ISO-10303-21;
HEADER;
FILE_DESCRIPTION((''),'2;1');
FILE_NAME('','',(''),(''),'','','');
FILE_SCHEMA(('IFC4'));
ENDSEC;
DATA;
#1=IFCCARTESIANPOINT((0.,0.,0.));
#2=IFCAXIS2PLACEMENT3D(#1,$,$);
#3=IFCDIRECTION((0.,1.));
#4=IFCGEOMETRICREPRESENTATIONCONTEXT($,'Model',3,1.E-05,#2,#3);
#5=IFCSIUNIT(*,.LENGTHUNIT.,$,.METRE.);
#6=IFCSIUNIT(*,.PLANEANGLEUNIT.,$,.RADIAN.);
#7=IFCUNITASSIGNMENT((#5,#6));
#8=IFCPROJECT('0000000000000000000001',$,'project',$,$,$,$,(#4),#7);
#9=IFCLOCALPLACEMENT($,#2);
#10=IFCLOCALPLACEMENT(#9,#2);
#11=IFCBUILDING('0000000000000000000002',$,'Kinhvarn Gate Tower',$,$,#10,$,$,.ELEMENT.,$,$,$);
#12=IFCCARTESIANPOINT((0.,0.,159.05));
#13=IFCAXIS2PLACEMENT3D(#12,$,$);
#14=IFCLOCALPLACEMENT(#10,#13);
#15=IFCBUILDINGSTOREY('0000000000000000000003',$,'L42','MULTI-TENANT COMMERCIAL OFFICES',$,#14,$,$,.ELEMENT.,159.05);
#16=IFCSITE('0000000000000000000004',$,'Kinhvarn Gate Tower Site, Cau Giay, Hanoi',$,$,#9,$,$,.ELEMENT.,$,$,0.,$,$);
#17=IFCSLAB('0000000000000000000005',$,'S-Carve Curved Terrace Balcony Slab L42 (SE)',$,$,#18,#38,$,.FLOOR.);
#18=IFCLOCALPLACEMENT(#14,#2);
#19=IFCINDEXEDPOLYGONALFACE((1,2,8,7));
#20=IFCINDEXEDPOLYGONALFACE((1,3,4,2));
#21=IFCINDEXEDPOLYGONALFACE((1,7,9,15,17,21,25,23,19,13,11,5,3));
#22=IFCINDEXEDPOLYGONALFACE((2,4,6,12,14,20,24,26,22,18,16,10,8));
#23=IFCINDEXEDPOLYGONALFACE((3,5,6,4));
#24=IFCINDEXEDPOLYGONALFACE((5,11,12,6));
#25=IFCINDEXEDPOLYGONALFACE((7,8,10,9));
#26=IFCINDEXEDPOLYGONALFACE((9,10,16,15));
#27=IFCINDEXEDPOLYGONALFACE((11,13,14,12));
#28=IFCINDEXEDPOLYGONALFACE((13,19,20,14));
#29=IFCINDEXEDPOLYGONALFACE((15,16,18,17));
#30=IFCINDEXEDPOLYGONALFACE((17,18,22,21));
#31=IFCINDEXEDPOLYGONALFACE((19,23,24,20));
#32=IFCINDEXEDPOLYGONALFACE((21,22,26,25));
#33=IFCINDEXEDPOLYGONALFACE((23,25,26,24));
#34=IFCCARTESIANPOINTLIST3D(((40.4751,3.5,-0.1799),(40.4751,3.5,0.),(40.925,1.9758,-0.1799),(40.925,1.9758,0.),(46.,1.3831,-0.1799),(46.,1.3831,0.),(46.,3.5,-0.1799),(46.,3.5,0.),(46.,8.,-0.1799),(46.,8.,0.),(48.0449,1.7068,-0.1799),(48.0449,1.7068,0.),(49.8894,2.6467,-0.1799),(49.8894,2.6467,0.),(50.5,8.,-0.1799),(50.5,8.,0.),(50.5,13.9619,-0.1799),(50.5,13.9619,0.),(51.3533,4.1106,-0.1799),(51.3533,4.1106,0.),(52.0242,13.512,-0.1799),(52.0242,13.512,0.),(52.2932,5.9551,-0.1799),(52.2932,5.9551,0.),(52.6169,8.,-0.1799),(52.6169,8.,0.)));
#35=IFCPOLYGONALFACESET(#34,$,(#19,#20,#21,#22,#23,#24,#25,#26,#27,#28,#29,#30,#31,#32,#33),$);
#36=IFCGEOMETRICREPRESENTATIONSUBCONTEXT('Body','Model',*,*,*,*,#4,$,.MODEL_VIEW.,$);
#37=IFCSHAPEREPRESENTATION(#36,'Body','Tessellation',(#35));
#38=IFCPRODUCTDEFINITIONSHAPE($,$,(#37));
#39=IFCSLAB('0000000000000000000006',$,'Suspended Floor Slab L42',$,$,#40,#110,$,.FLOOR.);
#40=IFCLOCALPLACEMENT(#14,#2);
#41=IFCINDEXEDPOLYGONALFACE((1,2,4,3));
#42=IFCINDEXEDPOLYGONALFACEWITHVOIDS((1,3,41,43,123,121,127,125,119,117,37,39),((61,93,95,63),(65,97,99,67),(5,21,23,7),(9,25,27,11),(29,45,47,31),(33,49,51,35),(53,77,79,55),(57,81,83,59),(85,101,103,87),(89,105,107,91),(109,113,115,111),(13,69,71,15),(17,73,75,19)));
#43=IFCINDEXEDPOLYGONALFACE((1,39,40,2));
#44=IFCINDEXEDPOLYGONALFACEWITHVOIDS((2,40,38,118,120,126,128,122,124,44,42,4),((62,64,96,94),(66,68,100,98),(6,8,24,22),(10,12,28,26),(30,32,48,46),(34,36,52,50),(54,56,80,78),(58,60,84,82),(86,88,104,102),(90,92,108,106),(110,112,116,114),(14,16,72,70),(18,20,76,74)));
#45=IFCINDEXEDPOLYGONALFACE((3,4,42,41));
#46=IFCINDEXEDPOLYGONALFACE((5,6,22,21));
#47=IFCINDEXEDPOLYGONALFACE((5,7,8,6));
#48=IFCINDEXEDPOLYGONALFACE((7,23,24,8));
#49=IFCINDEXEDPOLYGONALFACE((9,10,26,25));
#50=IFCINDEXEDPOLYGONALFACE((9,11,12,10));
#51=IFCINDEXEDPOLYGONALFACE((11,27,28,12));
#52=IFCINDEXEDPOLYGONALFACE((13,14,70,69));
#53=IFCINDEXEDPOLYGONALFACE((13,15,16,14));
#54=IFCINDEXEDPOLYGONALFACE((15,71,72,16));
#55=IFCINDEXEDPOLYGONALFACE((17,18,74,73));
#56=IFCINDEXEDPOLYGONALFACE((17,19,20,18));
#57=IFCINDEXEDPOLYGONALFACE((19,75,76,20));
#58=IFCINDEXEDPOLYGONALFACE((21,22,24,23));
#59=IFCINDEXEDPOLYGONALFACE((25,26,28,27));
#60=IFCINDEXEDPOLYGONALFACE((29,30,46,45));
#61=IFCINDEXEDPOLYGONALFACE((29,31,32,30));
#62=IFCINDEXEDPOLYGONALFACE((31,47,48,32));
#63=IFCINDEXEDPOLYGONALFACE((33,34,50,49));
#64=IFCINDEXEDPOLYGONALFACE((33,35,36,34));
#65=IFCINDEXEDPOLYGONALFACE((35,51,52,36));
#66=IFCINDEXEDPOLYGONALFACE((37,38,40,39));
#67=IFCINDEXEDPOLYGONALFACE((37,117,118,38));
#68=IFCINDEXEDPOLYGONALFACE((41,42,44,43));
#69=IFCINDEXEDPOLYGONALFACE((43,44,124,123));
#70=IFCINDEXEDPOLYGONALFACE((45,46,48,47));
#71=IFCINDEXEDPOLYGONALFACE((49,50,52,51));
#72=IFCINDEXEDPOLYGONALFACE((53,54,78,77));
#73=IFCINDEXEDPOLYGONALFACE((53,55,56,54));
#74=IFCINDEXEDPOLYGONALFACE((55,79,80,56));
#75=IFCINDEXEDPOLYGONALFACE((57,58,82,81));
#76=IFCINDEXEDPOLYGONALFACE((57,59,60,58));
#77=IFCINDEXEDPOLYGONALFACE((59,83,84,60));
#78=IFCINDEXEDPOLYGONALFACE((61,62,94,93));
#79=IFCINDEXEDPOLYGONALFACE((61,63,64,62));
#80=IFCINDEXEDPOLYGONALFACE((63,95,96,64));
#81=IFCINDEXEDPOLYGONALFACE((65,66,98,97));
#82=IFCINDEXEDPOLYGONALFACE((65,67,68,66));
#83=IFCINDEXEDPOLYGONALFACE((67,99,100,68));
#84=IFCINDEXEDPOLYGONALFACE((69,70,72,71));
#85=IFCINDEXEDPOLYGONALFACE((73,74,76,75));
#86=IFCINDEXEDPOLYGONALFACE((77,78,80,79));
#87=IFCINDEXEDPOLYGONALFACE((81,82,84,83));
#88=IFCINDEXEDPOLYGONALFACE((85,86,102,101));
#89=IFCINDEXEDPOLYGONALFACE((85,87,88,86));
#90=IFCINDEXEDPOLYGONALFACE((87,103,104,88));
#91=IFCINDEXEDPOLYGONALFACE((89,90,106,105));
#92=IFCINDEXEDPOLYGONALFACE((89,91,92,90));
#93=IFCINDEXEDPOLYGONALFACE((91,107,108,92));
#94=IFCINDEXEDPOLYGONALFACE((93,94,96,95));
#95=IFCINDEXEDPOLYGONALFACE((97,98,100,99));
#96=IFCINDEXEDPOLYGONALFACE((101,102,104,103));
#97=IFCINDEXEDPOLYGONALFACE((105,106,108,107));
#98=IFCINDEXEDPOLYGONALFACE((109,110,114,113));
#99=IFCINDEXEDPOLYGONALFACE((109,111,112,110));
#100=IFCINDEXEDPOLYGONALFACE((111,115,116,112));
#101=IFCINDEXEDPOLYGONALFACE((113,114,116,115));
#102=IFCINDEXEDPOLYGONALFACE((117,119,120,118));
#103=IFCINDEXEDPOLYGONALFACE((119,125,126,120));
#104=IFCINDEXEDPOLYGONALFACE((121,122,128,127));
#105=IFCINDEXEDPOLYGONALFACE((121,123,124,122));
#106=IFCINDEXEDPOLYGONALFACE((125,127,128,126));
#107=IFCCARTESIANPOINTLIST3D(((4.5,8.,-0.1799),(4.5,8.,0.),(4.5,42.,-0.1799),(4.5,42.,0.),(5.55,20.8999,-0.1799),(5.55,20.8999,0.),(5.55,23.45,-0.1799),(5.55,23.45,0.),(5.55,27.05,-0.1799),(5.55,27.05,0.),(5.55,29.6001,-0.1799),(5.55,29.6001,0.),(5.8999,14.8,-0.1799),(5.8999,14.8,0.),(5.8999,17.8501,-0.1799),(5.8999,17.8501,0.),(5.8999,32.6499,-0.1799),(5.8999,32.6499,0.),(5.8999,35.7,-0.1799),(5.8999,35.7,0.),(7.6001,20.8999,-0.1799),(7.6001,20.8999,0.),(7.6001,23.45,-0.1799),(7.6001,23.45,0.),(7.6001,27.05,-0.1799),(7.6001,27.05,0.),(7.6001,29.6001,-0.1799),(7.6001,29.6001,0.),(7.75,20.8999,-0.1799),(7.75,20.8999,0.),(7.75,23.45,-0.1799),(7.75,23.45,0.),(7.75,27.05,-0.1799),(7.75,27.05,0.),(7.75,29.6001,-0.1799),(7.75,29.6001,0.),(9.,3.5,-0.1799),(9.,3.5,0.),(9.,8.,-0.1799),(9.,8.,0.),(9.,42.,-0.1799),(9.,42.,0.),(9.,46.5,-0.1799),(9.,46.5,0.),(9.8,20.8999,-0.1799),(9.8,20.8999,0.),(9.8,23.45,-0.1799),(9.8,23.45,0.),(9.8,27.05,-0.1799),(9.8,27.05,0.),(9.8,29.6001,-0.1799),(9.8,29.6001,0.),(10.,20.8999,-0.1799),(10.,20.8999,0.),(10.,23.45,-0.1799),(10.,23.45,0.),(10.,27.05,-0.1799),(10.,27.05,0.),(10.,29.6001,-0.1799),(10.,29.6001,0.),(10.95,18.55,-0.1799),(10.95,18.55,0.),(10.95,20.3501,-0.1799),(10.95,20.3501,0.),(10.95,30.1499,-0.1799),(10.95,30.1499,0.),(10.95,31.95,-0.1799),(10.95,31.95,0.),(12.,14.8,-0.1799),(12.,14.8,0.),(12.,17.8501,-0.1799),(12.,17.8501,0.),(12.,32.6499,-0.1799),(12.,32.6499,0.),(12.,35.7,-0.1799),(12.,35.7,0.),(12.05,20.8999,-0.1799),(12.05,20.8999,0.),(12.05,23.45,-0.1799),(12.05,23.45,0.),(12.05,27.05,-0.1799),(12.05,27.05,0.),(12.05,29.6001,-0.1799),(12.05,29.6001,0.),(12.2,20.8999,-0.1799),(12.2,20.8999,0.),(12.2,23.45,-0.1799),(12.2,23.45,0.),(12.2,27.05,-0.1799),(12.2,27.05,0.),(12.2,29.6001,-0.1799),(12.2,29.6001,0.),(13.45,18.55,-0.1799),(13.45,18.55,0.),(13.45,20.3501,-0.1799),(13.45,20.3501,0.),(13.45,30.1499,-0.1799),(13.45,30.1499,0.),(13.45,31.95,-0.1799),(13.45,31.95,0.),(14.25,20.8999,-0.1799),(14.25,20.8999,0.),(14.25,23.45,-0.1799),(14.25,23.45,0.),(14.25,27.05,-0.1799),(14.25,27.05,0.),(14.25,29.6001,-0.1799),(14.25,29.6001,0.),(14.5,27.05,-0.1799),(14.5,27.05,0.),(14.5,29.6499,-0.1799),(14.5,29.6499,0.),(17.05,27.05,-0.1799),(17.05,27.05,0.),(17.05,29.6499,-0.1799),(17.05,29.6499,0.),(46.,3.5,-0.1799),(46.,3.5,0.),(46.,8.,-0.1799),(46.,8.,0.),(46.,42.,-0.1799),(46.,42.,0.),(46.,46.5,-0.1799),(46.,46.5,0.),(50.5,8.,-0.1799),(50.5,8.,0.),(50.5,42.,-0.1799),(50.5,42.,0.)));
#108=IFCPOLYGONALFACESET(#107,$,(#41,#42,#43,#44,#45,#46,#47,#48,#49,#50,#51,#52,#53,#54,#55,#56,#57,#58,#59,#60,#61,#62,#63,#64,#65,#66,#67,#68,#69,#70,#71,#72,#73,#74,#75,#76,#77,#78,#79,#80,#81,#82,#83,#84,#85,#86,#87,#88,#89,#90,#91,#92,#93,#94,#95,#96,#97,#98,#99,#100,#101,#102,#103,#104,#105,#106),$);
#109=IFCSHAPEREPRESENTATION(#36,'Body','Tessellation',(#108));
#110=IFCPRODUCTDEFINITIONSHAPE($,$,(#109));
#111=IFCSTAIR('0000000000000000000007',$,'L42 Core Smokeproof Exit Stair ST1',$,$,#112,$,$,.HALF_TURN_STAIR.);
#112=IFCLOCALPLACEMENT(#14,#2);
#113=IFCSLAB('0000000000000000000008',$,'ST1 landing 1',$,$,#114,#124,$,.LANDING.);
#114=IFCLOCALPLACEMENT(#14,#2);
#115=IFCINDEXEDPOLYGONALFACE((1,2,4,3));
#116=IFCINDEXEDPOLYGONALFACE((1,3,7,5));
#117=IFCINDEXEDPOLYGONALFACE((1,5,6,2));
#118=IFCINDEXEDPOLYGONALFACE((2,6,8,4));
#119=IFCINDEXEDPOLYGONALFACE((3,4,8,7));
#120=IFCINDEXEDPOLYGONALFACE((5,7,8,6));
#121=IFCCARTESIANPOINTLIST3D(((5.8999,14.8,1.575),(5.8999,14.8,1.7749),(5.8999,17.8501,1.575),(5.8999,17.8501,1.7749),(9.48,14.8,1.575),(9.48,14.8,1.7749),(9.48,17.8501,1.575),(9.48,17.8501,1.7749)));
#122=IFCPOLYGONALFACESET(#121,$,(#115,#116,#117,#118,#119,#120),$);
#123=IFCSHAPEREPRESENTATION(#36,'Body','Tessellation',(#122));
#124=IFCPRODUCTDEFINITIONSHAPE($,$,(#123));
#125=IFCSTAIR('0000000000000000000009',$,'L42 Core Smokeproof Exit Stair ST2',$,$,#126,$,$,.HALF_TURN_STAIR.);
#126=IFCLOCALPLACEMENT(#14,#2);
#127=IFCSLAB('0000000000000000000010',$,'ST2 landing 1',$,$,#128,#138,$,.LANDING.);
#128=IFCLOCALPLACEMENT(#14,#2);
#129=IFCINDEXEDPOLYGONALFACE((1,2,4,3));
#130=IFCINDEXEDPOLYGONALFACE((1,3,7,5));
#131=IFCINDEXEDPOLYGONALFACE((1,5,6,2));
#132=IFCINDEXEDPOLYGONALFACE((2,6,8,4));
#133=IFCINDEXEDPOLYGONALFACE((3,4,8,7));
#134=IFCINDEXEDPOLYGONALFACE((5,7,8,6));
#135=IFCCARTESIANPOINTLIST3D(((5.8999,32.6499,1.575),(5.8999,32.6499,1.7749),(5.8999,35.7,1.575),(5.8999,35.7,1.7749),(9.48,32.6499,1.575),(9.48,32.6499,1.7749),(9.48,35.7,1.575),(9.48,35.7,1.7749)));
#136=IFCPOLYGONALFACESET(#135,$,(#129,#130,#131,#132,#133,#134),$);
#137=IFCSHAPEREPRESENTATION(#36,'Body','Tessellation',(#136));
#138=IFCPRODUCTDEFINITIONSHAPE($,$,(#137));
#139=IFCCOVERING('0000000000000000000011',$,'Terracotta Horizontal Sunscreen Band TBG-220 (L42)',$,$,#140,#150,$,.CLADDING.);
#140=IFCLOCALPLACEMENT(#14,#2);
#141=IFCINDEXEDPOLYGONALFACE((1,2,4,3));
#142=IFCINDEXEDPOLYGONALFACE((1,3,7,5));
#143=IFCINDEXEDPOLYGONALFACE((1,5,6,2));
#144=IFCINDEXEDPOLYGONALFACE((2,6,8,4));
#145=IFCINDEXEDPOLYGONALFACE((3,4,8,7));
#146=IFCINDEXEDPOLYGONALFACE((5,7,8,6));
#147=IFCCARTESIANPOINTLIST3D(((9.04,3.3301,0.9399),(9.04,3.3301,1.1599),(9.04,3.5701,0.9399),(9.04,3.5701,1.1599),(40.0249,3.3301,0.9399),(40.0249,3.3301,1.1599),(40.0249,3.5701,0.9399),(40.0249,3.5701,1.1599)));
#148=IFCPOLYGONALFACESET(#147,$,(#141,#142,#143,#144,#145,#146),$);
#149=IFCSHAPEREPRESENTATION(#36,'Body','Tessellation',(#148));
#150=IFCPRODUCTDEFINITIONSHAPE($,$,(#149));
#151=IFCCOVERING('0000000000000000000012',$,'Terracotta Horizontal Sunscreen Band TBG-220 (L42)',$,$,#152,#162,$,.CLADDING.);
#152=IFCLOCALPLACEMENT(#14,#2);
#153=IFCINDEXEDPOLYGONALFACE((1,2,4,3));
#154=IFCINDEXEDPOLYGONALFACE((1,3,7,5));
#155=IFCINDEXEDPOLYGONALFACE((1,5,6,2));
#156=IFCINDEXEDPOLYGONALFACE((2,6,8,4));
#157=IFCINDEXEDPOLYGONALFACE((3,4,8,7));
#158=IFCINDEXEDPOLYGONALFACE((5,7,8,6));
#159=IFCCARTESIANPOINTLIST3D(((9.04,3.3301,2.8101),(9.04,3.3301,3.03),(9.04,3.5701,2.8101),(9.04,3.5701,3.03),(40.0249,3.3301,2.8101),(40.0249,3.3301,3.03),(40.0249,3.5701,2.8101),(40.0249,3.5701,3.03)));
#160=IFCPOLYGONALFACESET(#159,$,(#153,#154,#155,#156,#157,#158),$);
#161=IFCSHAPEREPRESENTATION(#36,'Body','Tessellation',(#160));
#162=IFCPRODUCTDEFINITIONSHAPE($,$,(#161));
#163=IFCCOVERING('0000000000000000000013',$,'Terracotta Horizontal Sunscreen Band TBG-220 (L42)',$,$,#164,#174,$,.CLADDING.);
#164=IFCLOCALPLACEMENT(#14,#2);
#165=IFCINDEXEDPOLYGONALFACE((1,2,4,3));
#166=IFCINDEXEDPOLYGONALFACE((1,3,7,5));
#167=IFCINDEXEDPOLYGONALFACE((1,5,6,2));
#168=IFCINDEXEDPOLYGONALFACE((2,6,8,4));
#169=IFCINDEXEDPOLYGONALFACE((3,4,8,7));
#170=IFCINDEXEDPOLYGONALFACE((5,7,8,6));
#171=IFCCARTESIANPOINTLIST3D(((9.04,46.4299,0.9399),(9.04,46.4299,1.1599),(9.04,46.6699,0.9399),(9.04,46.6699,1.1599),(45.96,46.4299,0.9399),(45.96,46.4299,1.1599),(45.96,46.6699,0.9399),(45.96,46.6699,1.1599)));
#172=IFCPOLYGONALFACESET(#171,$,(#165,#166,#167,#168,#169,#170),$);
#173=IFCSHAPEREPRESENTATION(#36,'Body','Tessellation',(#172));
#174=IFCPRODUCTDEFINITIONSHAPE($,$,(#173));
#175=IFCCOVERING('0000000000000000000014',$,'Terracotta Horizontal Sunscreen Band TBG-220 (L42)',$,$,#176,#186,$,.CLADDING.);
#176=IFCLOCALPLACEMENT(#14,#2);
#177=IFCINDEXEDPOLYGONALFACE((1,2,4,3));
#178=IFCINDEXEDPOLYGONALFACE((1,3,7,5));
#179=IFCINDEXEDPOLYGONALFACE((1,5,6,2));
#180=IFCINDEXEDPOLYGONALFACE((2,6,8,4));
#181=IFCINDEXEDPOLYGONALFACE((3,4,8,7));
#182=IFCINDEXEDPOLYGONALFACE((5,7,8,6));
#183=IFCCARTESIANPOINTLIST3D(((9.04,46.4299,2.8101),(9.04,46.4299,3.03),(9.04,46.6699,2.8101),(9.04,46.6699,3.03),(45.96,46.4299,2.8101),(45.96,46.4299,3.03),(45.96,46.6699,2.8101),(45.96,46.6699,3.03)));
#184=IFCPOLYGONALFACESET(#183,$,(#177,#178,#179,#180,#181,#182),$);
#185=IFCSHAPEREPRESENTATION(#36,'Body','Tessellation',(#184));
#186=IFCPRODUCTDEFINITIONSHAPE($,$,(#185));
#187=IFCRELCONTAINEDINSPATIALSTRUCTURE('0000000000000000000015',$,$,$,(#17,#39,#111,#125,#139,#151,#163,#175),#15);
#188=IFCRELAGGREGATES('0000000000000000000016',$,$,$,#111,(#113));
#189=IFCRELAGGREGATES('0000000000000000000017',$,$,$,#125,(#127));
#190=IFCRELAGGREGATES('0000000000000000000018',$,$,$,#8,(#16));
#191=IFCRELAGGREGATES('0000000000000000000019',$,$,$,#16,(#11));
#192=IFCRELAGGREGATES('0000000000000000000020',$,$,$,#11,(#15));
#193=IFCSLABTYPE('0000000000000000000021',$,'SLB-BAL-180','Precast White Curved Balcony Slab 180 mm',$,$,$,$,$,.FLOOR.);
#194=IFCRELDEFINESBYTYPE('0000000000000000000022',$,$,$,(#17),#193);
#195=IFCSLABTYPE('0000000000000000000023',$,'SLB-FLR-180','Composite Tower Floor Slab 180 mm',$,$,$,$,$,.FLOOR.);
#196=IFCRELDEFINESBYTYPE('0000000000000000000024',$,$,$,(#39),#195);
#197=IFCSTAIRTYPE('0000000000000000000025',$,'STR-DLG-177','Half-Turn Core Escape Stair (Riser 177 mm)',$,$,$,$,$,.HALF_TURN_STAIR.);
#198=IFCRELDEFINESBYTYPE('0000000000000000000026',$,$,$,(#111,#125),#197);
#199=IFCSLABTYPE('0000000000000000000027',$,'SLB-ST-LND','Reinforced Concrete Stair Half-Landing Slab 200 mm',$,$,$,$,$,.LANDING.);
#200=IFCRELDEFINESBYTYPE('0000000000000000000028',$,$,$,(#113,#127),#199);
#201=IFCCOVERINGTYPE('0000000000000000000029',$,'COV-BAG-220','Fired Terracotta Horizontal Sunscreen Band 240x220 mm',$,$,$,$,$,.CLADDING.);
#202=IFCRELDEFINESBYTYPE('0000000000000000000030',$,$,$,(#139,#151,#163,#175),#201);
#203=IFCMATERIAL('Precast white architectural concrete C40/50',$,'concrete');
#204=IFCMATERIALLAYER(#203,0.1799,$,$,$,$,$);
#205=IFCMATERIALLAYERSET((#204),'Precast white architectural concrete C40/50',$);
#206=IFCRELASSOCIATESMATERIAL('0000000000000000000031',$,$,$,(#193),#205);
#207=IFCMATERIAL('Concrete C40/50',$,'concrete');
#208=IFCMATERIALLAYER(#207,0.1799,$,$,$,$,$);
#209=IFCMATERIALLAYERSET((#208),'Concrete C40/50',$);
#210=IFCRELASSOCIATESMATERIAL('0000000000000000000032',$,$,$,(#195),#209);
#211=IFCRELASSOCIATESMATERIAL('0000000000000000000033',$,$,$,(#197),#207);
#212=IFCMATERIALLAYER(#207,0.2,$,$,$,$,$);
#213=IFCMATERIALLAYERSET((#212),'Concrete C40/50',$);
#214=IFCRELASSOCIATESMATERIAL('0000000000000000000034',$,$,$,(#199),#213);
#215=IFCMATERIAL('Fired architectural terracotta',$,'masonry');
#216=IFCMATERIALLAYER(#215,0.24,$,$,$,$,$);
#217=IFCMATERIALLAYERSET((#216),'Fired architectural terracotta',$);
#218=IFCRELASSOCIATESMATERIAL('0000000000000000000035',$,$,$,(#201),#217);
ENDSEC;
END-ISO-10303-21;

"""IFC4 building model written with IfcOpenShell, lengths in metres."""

from ifc_helpers import new_model, si_unit, direction, frame, origin, place, context, subcontext, project, spatial, polyline, outline, extrude, material, layer, layer_set, type_object, element, aggregate, save


model = new_model("IFC4")

# Units and contexts
model_context = context("Model", 3, precision=1e-05, world=origin(), true_north=direction((0.0, 1.0)))
body_context = subcontext(model_context, "Body", "Model", "MODEL_VIEW")
ifc_project = project(units=[si_unit("LENGTHUNIT", "METRE"), si_unit("PLANEANGLEUNIT", "RADIAN")], contexts=[model_context])

# Site, building, storey
site_placement = place(None, origin())
site = spatial("IfcSite", under=ifc_project, at=site_placement, Name="Kinhvarn Gate Tower Site, Cau Giay, Hanoi", CompositionType="ELEMENT", RefElevation=0.0)
building_placement = place(site_placement, origin())
building = spatial("IfcBuilding", under=site, at=building_placement, Name="Kinhvarn Gate Tower", CompositionType="ELEMENT")
storey_placement = place(building_placement, frame((0.0, 0.0, 159.05)))
storey = spatial("IfcBuildingStorey", under=building, at=storey_placement, Name="L42", Description="MULTI-TENANT COMMERCIAL OFFICES", CompositionType="ELEMENT", Elevation=159.05)

# Slabs
ifc_material_1 = material(Name="Precast white architectural concrete C40/50", Category="concrete")
ifc_layer_1 = layer(ifc_material_1, 0.1799)
ifc_layer_set_1 = layer_set([ifc_layer_1], Name="Precast white architectural concrete C40/50")
slab_type_1 = type_object("IfcSlabType", Name="SLB-BAL-180", Description="Precast White Curved Balcony Slab 180 mm", PredefinedType="FLOOR", material=ifc_layer_set_1)
slab_1_placement = place(storey_placement, frame((0.0, 0.0, -0.1799)))
element("IfcSlab", 1, at=slab_1_placement, inside=storey, type_object=slab_type_1, Name="S-Carve Curved Terrace Balcony Slab L42 (SE)", PredefinedType="FLOOR", context=body_context, shape_type="SweptSolid", body=[
    extrude(outline(polyline([(40.4751, 3.5), (40.925, 1.9758), (46.0, 1.3831), (48.0449, 1.7068), (49.8894, 2.6467), (51.3533, 4.1106), (52.2932, 5.9551), (52.6169, 8.0), (52.0242, 13.512), (50.5, 13.9619), (50.5, 8.0), (46.0, 8.0), (46.0, 3.5), (40.4751, 3.5)])), origin(), (0.0, 0.0, 1.0), 0.1799),
])
ifc_material_2 = material(Name="Concrete C40/50", Category="concrete")
ifc_layer_2 = layer(ifc_material_2, 0.1799)
ifc_layer_set_2 = layer_set([ifc_layer_2], Name="Concrete C40/50")
slab_type_2 = type_object("IfcSlabType", Name="SLB-FLR-180", Description="Composite Tower Floor Slab 180 mm", PredefinedType="FLOOR", material=ifc_layer_set_2)
slab_2_placement = place(storey_placement, frame((0.0, 0.0, -0.1799)))
element("IfcSlab", 2, at=slab_2_placement, inside=storey, type_object=slab_type_2, Name="Suspended Floor Slab L42", PredefinedType="FLOOR", context=body_context, shape_type="SweptSolid", body=[
    extrude(outline(polyline([(9.0, 3.5), (46.0, 3.5), (46.0, 8.0), (50.5, 8.0), (50.5, 42.0), (46.0, 42.0), (46.0, 46.5), (9.0, 46.5), (9.0, 42.0), (4.5, 42.0), (4.5, 8.0), (9.0, 8.0), (9.0, 3.5)]), holes=[polyline([(5.8999, 14.8), (12.0, 14.8), (12.0, 17.8501), (5.8999, 17.8501), (5.8999, 14.8)]), polyline([(5.8999, 32.6499), (12.0, 32.6499), (12.0, 35.7), (5.8999, 35.7), (5.8999, 32.6499)]), polyline([(5.55, 20.8999), (7.6001, 20.8999), (7.6001, 23.45), (5.55, 23.45), (5.55, 20.8999)]), polyline([(7.75, 20.8999), (9.8, 20.8999), (9.8, 23.45), (7.75, 23.45), (7.75, 20.8999)]), polyline([(5.55, 27.05), (7.6001, 27.05), (7.6001, 29.6001), (5.55, 29.6001), (5.55, 27.05)]), polyline([(7.75, 27.05), (9.8, 27.05), (9.8, 29.6001), (7.75, 29.6001), (7.75, 27.05)]), polyline([(10.0, 20.8999), (12.05, 20.8999), (12.05, 23.45), (10.0, 23.45), (10.0, 20.8999)]), polyline([(12.2, 20.8999), (14.25, 20.8999), (14.25, 23.45), (12.2, 23.45), (12.2, 20.8999)]), polyline([(10.0, 27.05), (12.05, 27.05), (12.05, 29.6001), (10.0, 29.6001), (10.0, 27.05)]), polyline([(12.2, 27.05), (14.25, 27.05), (14.25, 29.6001), (12.2, 29.6001), (12.2, 27.05)]), polyline([(14.5, 27.05), (17.05, 27.05), (17.05, 29.6499), (14.5, 29.6499), (14.5, 27.05)]), polyline([(10.95, 18.55), (13.45, 18.55), (13.45, 20.3501), (10.95, 20.3501), (10.95, 18.55)]), polyline([(10.95, 30.1499), (13.45, 30.1499), (13.45, 31.95), (10.95, 31.95), (10.95, 30.1499)])]), origin(), (0.0, 0.0, 1.0), 0.1799),
])

# Stairs, slabs
stair_type = type_object("IfcStairType", Name="STR-DLG-177", Description="Half-Turn Core Escape Stair (Riser 177 mm)", PredefinedType="HALF_TURN_STAIR", material=ifc_material_2)
stair_1_placement = place(storey_placement, origin())
stair_1 = element("IfcStair", 3, at=stair_1_placement, inside=storey, type_object=stair_type, Name="L42 Core Smokeproof Exit Stair ST1", PredefinedType="HALF_TURN_STAIR")
ifc_layer_3 = layer(ifc_material_2, 0.2)
ifc_layer_set_3 = layer_set([ifc_layer_3], Name="Concrete C40/50")
slab_type_3 = type_object("IfcSlabType", Name="SLB-ST-LND", Description="Reinforced Concrete Stair Half-Landing Slab 200 mm", PredefinedType="LANDING", material=ifc_layer_set_3)
slab_3_placement = place(storey_placement, frame((0.0, 0.0, 1.575)))
slab_3 = element("IfcSlab", 4, at=slab_3_placement, type_object=slab_type_3, Name="ST1 landing 1", PredefinedType="LANDING", context=body_context, shape_type="SweptSolid", body=[
    extrude(outline(polyline([(9.48, 17.8501), (5.8999, 17.8501), (5.8999, 14.8), (9.48, 14.8), (9.48, 17.8501)])), origin(), (0.0, 0.0, 1.0), 0.2),
])
aggregate(stair_1, [slab_3])
stair_2_placement = place(storey_placement, origin())
stair_2 = element("IfcStair", 5, at=stair_2_placement, inside=storey, type_object=stair_type, Name="L42 Core Smokeproof Exit Stair ST2", PredefinedType="HALF_TURN_STAIR")
slab_4_placement = place(storey_placement, frame((0.0, 0.0, 1.575)))
slab_4 = element("IfcSlab", 6, at=slab_4_placement, type_object=slab_type_3, Name="ST2 landing 1", PredefinedType="LANDING", context=body_context, shape_type="SweptSolid", body=[
    extrude(outline(polyline([(9.48, 35.7), (5.8999, 35.7), (5.8999, 32.6499), (9.48, 32.6499), (9.48, 35.7)])), origin(), (0.0, 0.0, 1.0), 0.2),
])
aggregate(stair_2, [slab_4])

# Coverings
ifc_material_3 = material(Name="Fired architectural terracotta", Category="masonry")
ifc_layer_4 = layer(ifc_material_3, 0.24)
ifc_layer_set_4 = layer_set([ifc_layer_4], Name="Fired architectural terracotta")
covering_type_1 = type_object("IfcCoveringType", Name="COV-BAG-220", Description="Fired Terracotta Horizontal Sunscreen Band 240x220 mm", PredefinedType="CLADDING", material=ifc_layer_set_4)
for number, where, name in (
    (7, (0.0, 0.0, 0.9399), "Terracotta Horizontal Sunscreen Band TBG-220 (L42)"),
    (8, (0.0, 0.0, 2.8101), "Terracotta Horizontal Sunscreen Band TBG-220 (L42)"),
):
    element("IfcCovering", number, at=place(storey_placement, frame(where)), inside=storey, type_object=covering_type_1, Name=name, PredefinedType="CLADDING", context=body_context, shape_type="SweptSolid", body=[
        extrude(outline(polyline([(9.04, 3.5701), (40.0249, 3.5701), (40.0249, 3.3301), (9.04, 3.3301), (9.04, 3.5701)])), origin(), (0.0, 0.0, 1.0), 0.22),
    ])
for number, where, name in (
    (9, (0.0, 0.0, 0.9399), "Terracotta Horizontal Sunscreen Band TBG-220 (L42)"),
    (10, (0.0, 0.0, 2.8101), "Terracotta Horizontal Sunscreen Band TBG-220 (L42)"),
):
    element("IfcCovering", number, at=place(storey_placement, frame(where)), inside=storey, type_object=covering_type_1, Name=name, PredefinedType="CLADDING", context=body_context, shape_type="SweptSolid", body=[
        extrude(outline(polyline([(45.96, 46.4299), (9.04, 46.4299), (9.04, 46.6699), (45.96, 46.6699), (45.96, 46.4299)])), origin(), (0.0, 0.0, 1.0), 0.22),
    ])

save(model, "model.ifc")
